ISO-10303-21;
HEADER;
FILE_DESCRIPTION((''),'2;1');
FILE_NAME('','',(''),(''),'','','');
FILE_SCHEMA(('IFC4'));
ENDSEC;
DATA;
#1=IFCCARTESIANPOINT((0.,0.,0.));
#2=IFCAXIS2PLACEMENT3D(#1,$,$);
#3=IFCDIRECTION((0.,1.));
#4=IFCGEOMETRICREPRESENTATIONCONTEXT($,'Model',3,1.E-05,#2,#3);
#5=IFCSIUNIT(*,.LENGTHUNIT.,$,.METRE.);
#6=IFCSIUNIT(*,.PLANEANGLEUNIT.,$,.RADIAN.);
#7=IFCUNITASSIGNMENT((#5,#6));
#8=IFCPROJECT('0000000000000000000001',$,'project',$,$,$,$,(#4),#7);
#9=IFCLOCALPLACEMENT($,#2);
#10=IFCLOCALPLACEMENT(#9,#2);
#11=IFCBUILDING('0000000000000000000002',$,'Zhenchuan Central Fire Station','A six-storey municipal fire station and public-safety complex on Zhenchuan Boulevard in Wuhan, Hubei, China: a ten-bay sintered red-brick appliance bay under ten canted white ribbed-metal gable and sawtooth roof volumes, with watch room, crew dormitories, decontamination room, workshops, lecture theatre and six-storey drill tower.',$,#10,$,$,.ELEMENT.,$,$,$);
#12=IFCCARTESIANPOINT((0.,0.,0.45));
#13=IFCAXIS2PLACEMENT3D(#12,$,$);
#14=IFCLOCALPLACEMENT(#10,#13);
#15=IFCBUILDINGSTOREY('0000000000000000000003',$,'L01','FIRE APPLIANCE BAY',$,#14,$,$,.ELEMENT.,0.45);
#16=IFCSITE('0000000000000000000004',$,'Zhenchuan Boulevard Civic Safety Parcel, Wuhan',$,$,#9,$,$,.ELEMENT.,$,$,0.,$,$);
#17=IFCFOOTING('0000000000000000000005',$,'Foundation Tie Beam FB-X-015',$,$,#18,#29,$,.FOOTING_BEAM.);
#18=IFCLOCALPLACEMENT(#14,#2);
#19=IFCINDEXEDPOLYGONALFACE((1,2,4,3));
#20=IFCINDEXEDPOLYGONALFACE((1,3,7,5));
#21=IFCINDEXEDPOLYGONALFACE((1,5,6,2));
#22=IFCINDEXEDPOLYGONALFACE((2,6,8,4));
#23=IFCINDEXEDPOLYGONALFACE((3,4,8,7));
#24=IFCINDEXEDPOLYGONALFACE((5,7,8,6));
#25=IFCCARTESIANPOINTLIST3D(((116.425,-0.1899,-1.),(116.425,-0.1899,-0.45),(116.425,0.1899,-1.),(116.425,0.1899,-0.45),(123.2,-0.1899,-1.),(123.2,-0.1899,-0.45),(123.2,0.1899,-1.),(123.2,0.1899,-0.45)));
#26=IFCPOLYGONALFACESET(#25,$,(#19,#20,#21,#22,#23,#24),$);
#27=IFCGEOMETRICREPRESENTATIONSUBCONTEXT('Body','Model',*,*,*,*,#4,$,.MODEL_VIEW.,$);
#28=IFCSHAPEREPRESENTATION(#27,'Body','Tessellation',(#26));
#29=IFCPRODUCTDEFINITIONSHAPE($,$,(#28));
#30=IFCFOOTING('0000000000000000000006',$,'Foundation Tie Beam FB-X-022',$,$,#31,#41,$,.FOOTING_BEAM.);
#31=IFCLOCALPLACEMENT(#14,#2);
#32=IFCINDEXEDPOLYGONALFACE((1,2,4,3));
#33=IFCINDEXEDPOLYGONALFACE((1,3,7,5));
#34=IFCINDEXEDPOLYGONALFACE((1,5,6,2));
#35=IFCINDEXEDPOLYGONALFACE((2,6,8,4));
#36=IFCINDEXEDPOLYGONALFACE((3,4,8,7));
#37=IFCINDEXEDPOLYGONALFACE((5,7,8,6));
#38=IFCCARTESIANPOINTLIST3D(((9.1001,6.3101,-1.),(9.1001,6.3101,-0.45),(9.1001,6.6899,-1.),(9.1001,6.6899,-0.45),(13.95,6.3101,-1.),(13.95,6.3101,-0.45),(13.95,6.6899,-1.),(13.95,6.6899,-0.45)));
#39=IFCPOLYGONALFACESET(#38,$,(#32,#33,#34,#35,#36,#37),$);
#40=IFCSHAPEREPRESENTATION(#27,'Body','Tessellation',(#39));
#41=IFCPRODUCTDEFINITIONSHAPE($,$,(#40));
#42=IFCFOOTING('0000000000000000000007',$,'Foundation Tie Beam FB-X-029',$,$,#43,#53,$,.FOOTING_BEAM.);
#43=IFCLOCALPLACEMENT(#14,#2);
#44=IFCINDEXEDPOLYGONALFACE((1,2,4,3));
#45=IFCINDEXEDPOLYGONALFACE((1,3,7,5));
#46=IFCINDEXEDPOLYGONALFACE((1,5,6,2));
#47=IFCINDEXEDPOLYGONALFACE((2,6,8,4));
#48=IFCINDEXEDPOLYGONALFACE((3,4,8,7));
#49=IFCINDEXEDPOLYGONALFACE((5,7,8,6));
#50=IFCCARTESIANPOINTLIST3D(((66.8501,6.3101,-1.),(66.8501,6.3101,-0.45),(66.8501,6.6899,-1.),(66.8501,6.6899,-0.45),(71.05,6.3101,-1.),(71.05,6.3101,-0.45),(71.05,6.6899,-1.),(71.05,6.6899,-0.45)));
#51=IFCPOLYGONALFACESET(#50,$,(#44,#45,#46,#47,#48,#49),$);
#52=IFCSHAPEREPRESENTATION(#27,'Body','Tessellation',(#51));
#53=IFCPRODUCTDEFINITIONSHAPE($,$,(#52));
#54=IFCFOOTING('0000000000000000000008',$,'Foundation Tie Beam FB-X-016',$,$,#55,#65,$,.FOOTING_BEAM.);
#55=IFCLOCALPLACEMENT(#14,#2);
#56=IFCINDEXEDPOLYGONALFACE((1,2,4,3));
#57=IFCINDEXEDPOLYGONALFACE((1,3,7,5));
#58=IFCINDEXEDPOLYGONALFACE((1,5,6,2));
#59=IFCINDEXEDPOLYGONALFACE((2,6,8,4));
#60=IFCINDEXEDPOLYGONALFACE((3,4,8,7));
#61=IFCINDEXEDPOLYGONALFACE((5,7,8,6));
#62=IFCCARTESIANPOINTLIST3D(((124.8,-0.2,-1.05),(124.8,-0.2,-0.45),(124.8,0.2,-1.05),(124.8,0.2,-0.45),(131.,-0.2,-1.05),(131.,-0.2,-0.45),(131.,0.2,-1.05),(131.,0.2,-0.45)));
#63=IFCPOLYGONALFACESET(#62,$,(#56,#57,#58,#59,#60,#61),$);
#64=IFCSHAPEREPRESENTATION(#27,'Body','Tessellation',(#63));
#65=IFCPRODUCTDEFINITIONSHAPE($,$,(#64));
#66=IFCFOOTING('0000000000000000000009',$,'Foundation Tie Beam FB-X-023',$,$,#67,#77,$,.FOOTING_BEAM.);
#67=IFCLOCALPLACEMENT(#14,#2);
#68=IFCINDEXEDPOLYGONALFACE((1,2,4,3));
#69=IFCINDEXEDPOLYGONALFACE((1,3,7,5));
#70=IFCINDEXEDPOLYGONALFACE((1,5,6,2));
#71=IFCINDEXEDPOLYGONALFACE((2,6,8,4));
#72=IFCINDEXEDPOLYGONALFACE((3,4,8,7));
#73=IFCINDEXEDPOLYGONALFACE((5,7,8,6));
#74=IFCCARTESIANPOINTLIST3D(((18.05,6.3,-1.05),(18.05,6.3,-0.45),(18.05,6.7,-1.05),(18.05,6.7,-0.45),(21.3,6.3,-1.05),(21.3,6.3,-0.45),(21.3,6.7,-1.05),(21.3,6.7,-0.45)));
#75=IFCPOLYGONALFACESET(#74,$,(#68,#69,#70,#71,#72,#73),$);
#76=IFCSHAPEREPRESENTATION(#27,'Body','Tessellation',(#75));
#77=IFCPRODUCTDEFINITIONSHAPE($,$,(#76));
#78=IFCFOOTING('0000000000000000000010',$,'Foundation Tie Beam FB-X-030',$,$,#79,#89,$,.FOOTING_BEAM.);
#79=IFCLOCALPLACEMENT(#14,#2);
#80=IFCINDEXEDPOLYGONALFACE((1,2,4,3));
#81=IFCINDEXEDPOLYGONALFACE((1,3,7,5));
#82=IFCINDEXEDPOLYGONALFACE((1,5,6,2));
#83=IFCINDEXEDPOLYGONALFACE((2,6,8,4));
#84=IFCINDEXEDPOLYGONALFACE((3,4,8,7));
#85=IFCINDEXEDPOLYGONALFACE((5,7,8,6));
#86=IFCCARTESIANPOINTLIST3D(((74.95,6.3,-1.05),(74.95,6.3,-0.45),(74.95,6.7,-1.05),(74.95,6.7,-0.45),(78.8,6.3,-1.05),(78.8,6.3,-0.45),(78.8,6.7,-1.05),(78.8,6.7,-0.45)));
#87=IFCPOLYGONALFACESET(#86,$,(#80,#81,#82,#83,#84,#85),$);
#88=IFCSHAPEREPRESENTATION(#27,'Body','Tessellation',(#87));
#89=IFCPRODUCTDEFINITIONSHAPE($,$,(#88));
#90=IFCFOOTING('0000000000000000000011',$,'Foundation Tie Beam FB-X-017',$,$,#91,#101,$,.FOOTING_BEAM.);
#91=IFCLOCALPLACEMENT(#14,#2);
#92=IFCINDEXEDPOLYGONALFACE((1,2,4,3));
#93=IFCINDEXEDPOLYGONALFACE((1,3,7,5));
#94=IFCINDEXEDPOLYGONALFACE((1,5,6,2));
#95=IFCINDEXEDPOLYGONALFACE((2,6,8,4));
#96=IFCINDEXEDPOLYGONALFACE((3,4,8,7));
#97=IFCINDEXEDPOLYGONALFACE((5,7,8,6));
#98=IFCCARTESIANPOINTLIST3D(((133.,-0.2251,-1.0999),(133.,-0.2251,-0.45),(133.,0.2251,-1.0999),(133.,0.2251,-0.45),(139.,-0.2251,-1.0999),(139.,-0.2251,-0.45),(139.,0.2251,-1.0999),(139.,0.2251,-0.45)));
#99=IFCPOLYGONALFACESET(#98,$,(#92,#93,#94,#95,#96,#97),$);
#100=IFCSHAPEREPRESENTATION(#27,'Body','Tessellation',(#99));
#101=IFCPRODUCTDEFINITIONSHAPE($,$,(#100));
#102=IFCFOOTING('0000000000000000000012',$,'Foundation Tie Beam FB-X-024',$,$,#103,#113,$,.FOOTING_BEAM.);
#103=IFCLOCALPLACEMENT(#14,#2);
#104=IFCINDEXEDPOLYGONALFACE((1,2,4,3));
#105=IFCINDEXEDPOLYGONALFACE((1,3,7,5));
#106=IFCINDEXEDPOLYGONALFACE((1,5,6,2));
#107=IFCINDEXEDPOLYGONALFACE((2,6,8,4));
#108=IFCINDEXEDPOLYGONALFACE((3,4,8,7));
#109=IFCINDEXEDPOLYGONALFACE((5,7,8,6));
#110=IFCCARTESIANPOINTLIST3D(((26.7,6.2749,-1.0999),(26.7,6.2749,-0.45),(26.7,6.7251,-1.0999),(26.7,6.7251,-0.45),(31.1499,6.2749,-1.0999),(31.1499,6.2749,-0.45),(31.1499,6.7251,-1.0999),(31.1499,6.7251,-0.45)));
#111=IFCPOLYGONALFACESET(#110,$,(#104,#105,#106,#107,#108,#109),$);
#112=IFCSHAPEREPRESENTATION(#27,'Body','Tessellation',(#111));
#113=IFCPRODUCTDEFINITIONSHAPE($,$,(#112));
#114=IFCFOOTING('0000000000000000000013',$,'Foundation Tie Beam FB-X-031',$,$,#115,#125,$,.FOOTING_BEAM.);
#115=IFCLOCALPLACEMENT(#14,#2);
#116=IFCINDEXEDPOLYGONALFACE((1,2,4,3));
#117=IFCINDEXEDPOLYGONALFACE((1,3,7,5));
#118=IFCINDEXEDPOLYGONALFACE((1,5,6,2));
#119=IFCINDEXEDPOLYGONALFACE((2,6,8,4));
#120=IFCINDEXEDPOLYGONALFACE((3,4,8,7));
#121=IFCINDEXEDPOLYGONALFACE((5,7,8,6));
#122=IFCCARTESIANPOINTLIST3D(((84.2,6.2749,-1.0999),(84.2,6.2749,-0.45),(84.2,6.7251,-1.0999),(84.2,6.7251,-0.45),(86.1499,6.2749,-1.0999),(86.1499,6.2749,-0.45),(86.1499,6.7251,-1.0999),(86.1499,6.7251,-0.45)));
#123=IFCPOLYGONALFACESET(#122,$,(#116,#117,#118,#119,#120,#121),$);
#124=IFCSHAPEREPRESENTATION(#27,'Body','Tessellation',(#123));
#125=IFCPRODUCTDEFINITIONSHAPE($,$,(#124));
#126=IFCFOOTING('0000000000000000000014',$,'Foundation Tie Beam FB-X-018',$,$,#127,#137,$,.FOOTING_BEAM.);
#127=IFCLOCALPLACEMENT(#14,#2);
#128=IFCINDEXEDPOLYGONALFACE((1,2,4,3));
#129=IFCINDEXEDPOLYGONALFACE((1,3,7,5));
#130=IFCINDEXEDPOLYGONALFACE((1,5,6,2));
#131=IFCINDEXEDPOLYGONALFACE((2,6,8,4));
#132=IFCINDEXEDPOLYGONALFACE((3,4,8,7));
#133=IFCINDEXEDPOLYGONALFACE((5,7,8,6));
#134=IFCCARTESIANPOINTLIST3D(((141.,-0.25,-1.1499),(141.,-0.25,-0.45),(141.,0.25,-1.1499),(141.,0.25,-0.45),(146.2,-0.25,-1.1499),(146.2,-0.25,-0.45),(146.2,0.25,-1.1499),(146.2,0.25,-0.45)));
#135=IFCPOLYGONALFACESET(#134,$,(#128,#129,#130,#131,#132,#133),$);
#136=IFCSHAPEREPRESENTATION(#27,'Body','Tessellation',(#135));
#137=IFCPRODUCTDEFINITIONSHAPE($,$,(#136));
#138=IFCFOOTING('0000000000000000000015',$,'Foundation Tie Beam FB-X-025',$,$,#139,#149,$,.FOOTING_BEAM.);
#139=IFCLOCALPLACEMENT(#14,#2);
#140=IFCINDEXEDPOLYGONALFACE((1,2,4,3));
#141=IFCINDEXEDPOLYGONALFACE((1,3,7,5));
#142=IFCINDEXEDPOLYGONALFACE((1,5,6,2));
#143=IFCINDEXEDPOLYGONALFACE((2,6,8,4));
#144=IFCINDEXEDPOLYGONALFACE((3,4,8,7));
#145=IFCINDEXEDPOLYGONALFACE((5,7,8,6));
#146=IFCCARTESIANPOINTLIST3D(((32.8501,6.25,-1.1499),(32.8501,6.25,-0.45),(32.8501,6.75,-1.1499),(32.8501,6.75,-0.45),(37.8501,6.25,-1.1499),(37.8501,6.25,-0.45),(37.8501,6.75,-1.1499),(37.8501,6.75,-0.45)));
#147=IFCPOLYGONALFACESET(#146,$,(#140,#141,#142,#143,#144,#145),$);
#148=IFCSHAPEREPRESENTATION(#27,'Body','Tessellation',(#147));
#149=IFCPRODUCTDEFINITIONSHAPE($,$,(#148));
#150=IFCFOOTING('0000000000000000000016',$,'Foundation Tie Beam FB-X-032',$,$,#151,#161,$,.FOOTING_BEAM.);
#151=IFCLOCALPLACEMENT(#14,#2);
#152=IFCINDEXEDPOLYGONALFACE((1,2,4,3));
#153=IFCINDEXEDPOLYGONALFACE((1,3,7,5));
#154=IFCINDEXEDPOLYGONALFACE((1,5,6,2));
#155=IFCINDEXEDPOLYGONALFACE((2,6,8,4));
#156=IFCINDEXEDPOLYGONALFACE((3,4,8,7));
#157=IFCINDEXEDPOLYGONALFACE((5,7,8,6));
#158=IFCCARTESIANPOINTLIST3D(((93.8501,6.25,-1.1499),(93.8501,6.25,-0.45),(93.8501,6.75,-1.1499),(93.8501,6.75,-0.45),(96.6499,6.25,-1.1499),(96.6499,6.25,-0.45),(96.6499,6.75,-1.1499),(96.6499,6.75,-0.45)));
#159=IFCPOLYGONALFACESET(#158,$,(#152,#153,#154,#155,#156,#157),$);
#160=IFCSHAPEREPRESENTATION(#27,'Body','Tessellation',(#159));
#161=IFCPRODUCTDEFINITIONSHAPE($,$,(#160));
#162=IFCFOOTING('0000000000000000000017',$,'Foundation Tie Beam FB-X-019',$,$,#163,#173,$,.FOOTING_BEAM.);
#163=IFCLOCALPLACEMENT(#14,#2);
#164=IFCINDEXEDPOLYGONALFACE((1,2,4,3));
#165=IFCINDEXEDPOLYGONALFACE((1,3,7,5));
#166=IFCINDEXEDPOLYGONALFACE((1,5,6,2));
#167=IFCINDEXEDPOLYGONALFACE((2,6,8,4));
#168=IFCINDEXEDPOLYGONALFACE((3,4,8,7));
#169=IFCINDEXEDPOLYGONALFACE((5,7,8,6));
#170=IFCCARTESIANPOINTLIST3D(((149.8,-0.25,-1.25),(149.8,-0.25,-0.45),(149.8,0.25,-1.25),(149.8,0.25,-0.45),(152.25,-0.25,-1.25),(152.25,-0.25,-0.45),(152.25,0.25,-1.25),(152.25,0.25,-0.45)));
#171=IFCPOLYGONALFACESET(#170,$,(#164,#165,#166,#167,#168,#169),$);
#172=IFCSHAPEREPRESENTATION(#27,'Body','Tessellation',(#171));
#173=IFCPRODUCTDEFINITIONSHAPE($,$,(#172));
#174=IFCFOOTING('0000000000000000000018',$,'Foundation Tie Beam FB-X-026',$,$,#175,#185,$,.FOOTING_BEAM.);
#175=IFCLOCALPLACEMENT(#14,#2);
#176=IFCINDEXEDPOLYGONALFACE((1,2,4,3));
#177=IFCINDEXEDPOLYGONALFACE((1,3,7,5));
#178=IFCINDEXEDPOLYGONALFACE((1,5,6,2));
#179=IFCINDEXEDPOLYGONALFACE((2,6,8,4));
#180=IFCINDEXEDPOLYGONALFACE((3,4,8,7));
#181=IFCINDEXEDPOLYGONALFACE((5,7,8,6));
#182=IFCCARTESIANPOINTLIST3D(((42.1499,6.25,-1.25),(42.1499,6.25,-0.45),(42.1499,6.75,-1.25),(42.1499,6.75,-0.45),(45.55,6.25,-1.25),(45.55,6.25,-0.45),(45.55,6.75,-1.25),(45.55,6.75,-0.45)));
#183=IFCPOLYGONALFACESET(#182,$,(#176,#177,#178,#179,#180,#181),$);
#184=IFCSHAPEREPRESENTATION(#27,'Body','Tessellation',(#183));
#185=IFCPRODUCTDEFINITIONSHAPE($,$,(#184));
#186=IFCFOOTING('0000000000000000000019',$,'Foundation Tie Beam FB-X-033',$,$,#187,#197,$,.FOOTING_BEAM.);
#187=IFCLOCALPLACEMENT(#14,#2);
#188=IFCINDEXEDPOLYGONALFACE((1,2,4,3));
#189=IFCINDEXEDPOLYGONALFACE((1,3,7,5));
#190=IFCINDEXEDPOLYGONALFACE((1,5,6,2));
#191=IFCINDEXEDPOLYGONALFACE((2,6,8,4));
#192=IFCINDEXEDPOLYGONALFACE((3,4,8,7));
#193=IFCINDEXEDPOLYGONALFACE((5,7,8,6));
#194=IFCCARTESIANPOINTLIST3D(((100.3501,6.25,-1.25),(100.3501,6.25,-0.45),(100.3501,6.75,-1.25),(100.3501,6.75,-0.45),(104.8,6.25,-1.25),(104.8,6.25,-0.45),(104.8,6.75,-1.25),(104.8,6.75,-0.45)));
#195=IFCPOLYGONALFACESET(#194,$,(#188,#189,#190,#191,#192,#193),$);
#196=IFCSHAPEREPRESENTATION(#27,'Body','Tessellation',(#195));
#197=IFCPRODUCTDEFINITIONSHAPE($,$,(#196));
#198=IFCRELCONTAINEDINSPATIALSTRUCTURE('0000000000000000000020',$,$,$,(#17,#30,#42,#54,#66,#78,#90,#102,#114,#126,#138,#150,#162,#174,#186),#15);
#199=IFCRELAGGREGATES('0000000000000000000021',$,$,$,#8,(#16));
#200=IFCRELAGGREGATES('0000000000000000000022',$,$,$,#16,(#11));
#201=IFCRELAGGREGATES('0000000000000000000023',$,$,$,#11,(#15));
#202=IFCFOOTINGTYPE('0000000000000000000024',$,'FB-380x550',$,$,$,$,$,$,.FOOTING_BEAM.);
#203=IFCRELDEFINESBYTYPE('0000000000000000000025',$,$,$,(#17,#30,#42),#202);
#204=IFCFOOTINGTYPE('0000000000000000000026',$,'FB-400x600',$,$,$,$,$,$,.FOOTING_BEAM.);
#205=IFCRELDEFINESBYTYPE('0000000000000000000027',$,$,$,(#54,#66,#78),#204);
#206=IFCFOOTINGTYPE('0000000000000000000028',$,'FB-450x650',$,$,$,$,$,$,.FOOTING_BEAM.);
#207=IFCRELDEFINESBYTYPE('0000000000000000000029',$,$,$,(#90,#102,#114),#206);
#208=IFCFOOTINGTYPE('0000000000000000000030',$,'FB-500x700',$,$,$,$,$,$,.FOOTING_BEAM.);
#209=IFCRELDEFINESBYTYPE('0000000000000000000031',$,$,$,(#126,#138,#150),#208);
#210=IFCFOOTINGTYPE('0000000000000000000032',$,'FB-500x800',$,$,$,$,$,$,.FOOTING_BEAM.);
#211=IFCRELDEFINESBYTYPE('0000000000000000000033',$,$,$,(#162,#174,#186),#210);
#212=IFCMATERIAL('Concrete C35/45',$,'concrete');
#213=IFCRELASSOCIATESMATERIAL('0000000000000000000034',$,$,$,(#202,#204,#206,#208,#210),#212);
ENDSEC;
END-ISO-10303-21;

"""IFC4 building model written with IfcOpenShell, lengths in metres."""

from ifc_helpers import new_model, si_unit, direction, frame, origin, place, context, subcontext, project, spatial, polyline, outline, extrude, material, type_object, element, save


model = new_model("IFC4")

# Units and contexts
model_context = context("Model", 3, precision=1e-05, world=origin(), true_north=direction((0.0, 1.0)))
body_context = subcontext(model_context, "Body", "Model", "MODEL_VIEW")
ifc_project = project(units=[si_unit("LENGTHUNIT", "METRE"), si_unit("PLANEANGLEUNIT", "RADIAN")], contexts=[model_context])

# Site, building, storey
site_placement = place(None, origin())
site = spatial("IfcSite", under=ifc_project, at=site_placement, Name="Zhenchuan Boulevard Civic Safety Parcel, Wuhan", CompositionType="ELEMENT", RefElevation=0.0)
building_placement = place(site_placement, origin())
building = spatial("IfcBuilding", under=site, at=building_placement, Name="Zhenchuan Central Fire Station", Description="A six-storey municipal fire station and public-safety complex on Zhenchuan Boulevard in Wuhan, Hubei, China: a ten-bay sintered red-brick appliance bay under ten canted white ribbed-metal gable and sawtooth roof volumes, with watch room, crew dormitories, decontamination room, workshops, lecture theatre and six-storey drill tower.", CompositionType="ELEMENT")
storey_placement = place(building_placement, frame((0.0, 0.0, 0.45)))
storey = spatial("IfcBuildingStorey", under=building, at=storey_placement, Name="L01", Description="FIRE APPLIANCE BAY", CompositionType="ELEMENT", Elevation=0.45)

# Footings
ifc_material = material(Name="Concrete C35/45", Category="concrete")
footing_type_1 = type_object("IfcFootingType", Name="FB-380x550", PredefinedType="FOOTING_BEAM", material=ifc_material)
footing_1_placement = place(storey_placement, frame((0.0, 0.0, -1.0)))
element("IfcFooting", 1, at=footing_1_placement, inside=storey, type_object=footing_type_1, Name="Foundation Tie Beam FB-X-015", PredefinedType="FOOTING_BEAM", context=body_context, shape_type="SweptSolid", body=[
    extrude(outline(polyline([(116.425, -0.1899), (123.2, -0.1899), (123.2, 0.1899), (116.425, 0.1899), (116.425, -0.1899)])), origin(), (0.0, 0.0, 1.0), 0.55),
])
footing_2_placement = place(storey_placement, frame((0.0, 0.0, -1.0)))
element("IfcFooting", 2, at=footing_2_placement, inside=storey, type_object=footing_type_1, Name="Foundation Tie Beam FB-X-022", PredefinedType="FOOTING_BEAM", context=body_context, shape_type="SweptSolid", body=[
    extrude(outline(polyline([(9.1001, 6.3101), (13.95, 6.3101), (13.95, 6.6899), (9.1001, 6.6899), (9.1001, 6.3101)])), origin(), (0.0, 0.0, 1.0), 0.55),
])
footing_3_placement = place(storey_placement, frame((0.0, 0.0, -1.0)))
element("IfcFooting", 3, at=footing_3_placement, inside=storey, type_object=footing_type_1, Name="Foundation Tie Beam FB-X-029", PredefinedType="FOOTING_BEAM", context=body_context, shape_type="SweptSolid", body=[
    extrude(outline(polyline([(66.8501, 6.3101), (71.05, 6.3101), (71.05, 6.6899), (66.8501, 6.6899), (66.8501, 6.3101)])), origin(), (0.0, 0.0, 1.0), 0.55),
])
footing_type_2 = type_object("IfcFootingType", Name="FB-400x600", PredefinedType="FOOTING_BEAM", material=ifc_material)
footing_4_placement = place(storey_placement, frame((0.0, 0.0, -1.05)))
element("IfcFooting", 4, at=footing_4_placement, inside=storey, type_object=footing_type_2, Name="Foundation Tie Beam FB-X-016", PredefinedType="FOOTING_BEAM", context=body_context, shape_type="SweptSolid", body=[
    extrude(outline(polyline([(124.8, -0.2), (131.0, -0.2), (131.0, 0.2), (124.8, 0.2), (124.8, -0.2)])), origin(), (0.0, 0.0, 1.0), 0.6001),
])
footing_5_placement = place(storey_placement, frame((0.0, 0.0, -1.05)))
element("IfcFooting", 5, at=footing_5_placement, inside=storey, type_object=footing_type_2, Name="Foundation Tie Beam FB-X-023", PredefinedType="FOOTING_BEAM", context=body_context, shape_type="SweptSolid", body=[
    extrude(outline(polyline([(18.05, 6.3), (21.3, 6.3), (21.3, 6.7), (18.05, 6.7), (18.05, 6.3)])), origin(), (0.0, 0.0, 1.0), 0.6001),
])
footing_6_placement = place(storey_placement, frame((0.0, 0.0, -1.05)))
element("IfcFooting", 6, at=footing_6_placement, inside=storey, type_object=footing_type_2, Name="Foundation Tie Beam FB-X-030", PredefinedType="FOOTING_BEAM", context=body_context, shape_type="SweptSolid", body=[
    extrude(outline(polyline([(74.95, 6.3), (78.8, 6.3), (78.8, 6.7), (74.95, 6.7), (74.95, 6.3)])), origin(), (0.0, 0.0, 1.0), 0.6001),
])
footing_type_3 = type_object("IfcFootingType", Name="FB-450x650", PredefinedType="FOOTING_BEAM", material=ifc_material)
footing_7_placement = place(storey_placement, frame((0.0, 0.0, -1.0999)))
element("IfcFooting", 7, at=footing_7_placement, inside=storey, type_object=footing_type_3, Name="Foundation Tie Beam FB-X-017", PredefinedType="FOOTING_BEAM", context=body_context, shape_type="SweptSolid", body=[
    extrude(outline(polyline([(133.0, -0.2251), (139.0, -0.2251), (139.0, 0.2251), (133.0, 0.2251), (133.0, -0.2251)])), origin(), (0.0, 0.0, 1.0), 0.6499),
])
footing_8_placement = place(storey_placement, frame((0.0, 0.0, -1.0999)))
element("IfcFooting", 8, at=footing_8_placement, inside=storey, type_object=footing_type_3, Name="Foundation Tie Beam FB-X-024", PredefinedType="FOOTING_BEAM", context=body_context, shape_type="SweptSolid", body=[
    extrude(outline(polyline([(26.7, 6.2749), (31.1499, 6.2749), (31.1499, 6.7251), (26.7, 6.7251), (26.7, 6.2749)])), origin(), (0.0, 0.0, 1.0), 0.6499),
])
footing_9_placement = place(storey_placement, frame((0.0, 0.0, -1.0999)))
element("IfcFooting", 9, at=footing_9_placement, inside=storey, type_object=footing_type_3, Name="Foundation Tie Beam FB-X-031", PredefinedType="FOOTING_BEAM", context=body_context, shape_type="SweptSolid", body=[
    extrude(outline(polyline([(84.2, 6.2749), (86.1499, 6.2749), (86.1499, 6.7251), (84.2, 6.7251), (84.2, 6.2749)])), origin(), (0.0, 0.0, 1.0), 0.6499),
])
footing_type_4 = type_object("IfcFootingType", Name="FB-500x700", PredefinedType="FOOTING_BEAM", material=ifc_material)
footing_10_placement = place(storey_placement, frame((0.0, 0.0, -1.1499)))
element("IfcFooting", 10, at=footing_10_placement, inside=storey, type_object=footing_type_4, Name="Foundation Tie Beam FB-X-018", PredefinedType="FOOTING_BEAM", context=body_context, shape_type="SweptSolid", body=[
    extrude(outline(polyline([(141.0, -0.25), (146.2, -0.25), (146.2, 0.25), (141.0, 0.25), (141.0, -0.25)])), origin(), (0.0, 0.0, 1.0), 0.7),
])
footing_11_placement = place(storey_placement, frame((0.0, 0.0, -1.1499)))
element("IfcFooting", 11, at=footing_11_placement, inside=storey, type_object=footing_type_4, Name="Foundation Tie Beam FB-X-025", PredefinedType="FOOTING_BEAM", context=body_context, shape_type="SweptSolid", body=[
    extrude(outline(polyline([(32.8501, 6.25), (37.8501, 6.25), (37.8501, 6.75), (32.8501, 6.75), (32.8501, 6.25)])), origin(), (0.0, 0.0, 1.0), 0.7),
])
footing_12_placement = place(storey_placement, frame((0.0, 0.0, -1.1499)))
element("IfcFooting", 12, at=footing_12_placement, inside=storey, type_object=footing_type_4, Name="Foundation Tie Beam FB-X-032", PredefinedType="FOOTING_BEAM", context=body_context, shape_type="SweptSolid", body=[
    extrude(outline(polyline([(93.8501, 6.25), (96.6499, 6.25), (96.6499, 6.75), (93.8501, 6.75), (93.8501, 6.25)])), origin(), (0.0, 0.0, 1.0), 0.7),
])
footing_type_5 = type_object("IfcFootingType", Name="FB-500x800", PredefinedType="FOOTING_BEAM", material=ifc_material)
footing_13_placement = place(storey_placement, frame((0.0, 0.0, -1.25)))
element("IfcFooting", 13, at=footing_13_placement, inside=storey, type_object=footing_type_5, Name="Foundation Tie Beam FB-X-019", PredefinedType="FOOTING_BEAM", context=body_context, shape_type="SweptSolid", body=[
    extrude(outline(polyline([(149.8, -0.25), (152.25, -0.25), (152.25, 0.25), (149.8, 0.25), (149.8, -0.25)])), origin(), (0.0, 0.0, 1.0), 0.8),
])
footing_14_placement = place(storey_placement, frame((0.0, 0.0, -1.25)))
element("IfcFooting", 14, at=footing_14_placement, inside=storey, type_object=footing_type_5, Name="Foundation Tie Beam FB-X-026", PredefinedType="FOOTING_BEAM", context=body_context, shape_type="SweptSolid", body=[
    extrude(outline(polyline([(42.1499, 6.25), (45.55, 6.25), (45.55, 6.75), (42.1499, 6.75), (42.1499, 6.25)])), origin(), (0.0, 0.0, 1.0), 0.8),
])
footing_15_placement = place(storey_placement, frame((0.0, 0.0, -1.25)))
element("IfcFooting", 15, at=footing_15_placement, inside=storey, type_object=footing_type_5, Name="Foundation Tie Beam FB-X-033", PredefinedType="FOOTING_BEAM", context=body_context, shape_type="SweptSolid", body=[
    extrude(outline(polyline([(100.3501, 6.25), (104.8, 6.25), (104.8, 6.75), (100.3501, 6.75), (100.3501, 6.25)])), origin(), (0.0, 0.0, 1.0), 0.8),
])

save(model, "model.ifc")
